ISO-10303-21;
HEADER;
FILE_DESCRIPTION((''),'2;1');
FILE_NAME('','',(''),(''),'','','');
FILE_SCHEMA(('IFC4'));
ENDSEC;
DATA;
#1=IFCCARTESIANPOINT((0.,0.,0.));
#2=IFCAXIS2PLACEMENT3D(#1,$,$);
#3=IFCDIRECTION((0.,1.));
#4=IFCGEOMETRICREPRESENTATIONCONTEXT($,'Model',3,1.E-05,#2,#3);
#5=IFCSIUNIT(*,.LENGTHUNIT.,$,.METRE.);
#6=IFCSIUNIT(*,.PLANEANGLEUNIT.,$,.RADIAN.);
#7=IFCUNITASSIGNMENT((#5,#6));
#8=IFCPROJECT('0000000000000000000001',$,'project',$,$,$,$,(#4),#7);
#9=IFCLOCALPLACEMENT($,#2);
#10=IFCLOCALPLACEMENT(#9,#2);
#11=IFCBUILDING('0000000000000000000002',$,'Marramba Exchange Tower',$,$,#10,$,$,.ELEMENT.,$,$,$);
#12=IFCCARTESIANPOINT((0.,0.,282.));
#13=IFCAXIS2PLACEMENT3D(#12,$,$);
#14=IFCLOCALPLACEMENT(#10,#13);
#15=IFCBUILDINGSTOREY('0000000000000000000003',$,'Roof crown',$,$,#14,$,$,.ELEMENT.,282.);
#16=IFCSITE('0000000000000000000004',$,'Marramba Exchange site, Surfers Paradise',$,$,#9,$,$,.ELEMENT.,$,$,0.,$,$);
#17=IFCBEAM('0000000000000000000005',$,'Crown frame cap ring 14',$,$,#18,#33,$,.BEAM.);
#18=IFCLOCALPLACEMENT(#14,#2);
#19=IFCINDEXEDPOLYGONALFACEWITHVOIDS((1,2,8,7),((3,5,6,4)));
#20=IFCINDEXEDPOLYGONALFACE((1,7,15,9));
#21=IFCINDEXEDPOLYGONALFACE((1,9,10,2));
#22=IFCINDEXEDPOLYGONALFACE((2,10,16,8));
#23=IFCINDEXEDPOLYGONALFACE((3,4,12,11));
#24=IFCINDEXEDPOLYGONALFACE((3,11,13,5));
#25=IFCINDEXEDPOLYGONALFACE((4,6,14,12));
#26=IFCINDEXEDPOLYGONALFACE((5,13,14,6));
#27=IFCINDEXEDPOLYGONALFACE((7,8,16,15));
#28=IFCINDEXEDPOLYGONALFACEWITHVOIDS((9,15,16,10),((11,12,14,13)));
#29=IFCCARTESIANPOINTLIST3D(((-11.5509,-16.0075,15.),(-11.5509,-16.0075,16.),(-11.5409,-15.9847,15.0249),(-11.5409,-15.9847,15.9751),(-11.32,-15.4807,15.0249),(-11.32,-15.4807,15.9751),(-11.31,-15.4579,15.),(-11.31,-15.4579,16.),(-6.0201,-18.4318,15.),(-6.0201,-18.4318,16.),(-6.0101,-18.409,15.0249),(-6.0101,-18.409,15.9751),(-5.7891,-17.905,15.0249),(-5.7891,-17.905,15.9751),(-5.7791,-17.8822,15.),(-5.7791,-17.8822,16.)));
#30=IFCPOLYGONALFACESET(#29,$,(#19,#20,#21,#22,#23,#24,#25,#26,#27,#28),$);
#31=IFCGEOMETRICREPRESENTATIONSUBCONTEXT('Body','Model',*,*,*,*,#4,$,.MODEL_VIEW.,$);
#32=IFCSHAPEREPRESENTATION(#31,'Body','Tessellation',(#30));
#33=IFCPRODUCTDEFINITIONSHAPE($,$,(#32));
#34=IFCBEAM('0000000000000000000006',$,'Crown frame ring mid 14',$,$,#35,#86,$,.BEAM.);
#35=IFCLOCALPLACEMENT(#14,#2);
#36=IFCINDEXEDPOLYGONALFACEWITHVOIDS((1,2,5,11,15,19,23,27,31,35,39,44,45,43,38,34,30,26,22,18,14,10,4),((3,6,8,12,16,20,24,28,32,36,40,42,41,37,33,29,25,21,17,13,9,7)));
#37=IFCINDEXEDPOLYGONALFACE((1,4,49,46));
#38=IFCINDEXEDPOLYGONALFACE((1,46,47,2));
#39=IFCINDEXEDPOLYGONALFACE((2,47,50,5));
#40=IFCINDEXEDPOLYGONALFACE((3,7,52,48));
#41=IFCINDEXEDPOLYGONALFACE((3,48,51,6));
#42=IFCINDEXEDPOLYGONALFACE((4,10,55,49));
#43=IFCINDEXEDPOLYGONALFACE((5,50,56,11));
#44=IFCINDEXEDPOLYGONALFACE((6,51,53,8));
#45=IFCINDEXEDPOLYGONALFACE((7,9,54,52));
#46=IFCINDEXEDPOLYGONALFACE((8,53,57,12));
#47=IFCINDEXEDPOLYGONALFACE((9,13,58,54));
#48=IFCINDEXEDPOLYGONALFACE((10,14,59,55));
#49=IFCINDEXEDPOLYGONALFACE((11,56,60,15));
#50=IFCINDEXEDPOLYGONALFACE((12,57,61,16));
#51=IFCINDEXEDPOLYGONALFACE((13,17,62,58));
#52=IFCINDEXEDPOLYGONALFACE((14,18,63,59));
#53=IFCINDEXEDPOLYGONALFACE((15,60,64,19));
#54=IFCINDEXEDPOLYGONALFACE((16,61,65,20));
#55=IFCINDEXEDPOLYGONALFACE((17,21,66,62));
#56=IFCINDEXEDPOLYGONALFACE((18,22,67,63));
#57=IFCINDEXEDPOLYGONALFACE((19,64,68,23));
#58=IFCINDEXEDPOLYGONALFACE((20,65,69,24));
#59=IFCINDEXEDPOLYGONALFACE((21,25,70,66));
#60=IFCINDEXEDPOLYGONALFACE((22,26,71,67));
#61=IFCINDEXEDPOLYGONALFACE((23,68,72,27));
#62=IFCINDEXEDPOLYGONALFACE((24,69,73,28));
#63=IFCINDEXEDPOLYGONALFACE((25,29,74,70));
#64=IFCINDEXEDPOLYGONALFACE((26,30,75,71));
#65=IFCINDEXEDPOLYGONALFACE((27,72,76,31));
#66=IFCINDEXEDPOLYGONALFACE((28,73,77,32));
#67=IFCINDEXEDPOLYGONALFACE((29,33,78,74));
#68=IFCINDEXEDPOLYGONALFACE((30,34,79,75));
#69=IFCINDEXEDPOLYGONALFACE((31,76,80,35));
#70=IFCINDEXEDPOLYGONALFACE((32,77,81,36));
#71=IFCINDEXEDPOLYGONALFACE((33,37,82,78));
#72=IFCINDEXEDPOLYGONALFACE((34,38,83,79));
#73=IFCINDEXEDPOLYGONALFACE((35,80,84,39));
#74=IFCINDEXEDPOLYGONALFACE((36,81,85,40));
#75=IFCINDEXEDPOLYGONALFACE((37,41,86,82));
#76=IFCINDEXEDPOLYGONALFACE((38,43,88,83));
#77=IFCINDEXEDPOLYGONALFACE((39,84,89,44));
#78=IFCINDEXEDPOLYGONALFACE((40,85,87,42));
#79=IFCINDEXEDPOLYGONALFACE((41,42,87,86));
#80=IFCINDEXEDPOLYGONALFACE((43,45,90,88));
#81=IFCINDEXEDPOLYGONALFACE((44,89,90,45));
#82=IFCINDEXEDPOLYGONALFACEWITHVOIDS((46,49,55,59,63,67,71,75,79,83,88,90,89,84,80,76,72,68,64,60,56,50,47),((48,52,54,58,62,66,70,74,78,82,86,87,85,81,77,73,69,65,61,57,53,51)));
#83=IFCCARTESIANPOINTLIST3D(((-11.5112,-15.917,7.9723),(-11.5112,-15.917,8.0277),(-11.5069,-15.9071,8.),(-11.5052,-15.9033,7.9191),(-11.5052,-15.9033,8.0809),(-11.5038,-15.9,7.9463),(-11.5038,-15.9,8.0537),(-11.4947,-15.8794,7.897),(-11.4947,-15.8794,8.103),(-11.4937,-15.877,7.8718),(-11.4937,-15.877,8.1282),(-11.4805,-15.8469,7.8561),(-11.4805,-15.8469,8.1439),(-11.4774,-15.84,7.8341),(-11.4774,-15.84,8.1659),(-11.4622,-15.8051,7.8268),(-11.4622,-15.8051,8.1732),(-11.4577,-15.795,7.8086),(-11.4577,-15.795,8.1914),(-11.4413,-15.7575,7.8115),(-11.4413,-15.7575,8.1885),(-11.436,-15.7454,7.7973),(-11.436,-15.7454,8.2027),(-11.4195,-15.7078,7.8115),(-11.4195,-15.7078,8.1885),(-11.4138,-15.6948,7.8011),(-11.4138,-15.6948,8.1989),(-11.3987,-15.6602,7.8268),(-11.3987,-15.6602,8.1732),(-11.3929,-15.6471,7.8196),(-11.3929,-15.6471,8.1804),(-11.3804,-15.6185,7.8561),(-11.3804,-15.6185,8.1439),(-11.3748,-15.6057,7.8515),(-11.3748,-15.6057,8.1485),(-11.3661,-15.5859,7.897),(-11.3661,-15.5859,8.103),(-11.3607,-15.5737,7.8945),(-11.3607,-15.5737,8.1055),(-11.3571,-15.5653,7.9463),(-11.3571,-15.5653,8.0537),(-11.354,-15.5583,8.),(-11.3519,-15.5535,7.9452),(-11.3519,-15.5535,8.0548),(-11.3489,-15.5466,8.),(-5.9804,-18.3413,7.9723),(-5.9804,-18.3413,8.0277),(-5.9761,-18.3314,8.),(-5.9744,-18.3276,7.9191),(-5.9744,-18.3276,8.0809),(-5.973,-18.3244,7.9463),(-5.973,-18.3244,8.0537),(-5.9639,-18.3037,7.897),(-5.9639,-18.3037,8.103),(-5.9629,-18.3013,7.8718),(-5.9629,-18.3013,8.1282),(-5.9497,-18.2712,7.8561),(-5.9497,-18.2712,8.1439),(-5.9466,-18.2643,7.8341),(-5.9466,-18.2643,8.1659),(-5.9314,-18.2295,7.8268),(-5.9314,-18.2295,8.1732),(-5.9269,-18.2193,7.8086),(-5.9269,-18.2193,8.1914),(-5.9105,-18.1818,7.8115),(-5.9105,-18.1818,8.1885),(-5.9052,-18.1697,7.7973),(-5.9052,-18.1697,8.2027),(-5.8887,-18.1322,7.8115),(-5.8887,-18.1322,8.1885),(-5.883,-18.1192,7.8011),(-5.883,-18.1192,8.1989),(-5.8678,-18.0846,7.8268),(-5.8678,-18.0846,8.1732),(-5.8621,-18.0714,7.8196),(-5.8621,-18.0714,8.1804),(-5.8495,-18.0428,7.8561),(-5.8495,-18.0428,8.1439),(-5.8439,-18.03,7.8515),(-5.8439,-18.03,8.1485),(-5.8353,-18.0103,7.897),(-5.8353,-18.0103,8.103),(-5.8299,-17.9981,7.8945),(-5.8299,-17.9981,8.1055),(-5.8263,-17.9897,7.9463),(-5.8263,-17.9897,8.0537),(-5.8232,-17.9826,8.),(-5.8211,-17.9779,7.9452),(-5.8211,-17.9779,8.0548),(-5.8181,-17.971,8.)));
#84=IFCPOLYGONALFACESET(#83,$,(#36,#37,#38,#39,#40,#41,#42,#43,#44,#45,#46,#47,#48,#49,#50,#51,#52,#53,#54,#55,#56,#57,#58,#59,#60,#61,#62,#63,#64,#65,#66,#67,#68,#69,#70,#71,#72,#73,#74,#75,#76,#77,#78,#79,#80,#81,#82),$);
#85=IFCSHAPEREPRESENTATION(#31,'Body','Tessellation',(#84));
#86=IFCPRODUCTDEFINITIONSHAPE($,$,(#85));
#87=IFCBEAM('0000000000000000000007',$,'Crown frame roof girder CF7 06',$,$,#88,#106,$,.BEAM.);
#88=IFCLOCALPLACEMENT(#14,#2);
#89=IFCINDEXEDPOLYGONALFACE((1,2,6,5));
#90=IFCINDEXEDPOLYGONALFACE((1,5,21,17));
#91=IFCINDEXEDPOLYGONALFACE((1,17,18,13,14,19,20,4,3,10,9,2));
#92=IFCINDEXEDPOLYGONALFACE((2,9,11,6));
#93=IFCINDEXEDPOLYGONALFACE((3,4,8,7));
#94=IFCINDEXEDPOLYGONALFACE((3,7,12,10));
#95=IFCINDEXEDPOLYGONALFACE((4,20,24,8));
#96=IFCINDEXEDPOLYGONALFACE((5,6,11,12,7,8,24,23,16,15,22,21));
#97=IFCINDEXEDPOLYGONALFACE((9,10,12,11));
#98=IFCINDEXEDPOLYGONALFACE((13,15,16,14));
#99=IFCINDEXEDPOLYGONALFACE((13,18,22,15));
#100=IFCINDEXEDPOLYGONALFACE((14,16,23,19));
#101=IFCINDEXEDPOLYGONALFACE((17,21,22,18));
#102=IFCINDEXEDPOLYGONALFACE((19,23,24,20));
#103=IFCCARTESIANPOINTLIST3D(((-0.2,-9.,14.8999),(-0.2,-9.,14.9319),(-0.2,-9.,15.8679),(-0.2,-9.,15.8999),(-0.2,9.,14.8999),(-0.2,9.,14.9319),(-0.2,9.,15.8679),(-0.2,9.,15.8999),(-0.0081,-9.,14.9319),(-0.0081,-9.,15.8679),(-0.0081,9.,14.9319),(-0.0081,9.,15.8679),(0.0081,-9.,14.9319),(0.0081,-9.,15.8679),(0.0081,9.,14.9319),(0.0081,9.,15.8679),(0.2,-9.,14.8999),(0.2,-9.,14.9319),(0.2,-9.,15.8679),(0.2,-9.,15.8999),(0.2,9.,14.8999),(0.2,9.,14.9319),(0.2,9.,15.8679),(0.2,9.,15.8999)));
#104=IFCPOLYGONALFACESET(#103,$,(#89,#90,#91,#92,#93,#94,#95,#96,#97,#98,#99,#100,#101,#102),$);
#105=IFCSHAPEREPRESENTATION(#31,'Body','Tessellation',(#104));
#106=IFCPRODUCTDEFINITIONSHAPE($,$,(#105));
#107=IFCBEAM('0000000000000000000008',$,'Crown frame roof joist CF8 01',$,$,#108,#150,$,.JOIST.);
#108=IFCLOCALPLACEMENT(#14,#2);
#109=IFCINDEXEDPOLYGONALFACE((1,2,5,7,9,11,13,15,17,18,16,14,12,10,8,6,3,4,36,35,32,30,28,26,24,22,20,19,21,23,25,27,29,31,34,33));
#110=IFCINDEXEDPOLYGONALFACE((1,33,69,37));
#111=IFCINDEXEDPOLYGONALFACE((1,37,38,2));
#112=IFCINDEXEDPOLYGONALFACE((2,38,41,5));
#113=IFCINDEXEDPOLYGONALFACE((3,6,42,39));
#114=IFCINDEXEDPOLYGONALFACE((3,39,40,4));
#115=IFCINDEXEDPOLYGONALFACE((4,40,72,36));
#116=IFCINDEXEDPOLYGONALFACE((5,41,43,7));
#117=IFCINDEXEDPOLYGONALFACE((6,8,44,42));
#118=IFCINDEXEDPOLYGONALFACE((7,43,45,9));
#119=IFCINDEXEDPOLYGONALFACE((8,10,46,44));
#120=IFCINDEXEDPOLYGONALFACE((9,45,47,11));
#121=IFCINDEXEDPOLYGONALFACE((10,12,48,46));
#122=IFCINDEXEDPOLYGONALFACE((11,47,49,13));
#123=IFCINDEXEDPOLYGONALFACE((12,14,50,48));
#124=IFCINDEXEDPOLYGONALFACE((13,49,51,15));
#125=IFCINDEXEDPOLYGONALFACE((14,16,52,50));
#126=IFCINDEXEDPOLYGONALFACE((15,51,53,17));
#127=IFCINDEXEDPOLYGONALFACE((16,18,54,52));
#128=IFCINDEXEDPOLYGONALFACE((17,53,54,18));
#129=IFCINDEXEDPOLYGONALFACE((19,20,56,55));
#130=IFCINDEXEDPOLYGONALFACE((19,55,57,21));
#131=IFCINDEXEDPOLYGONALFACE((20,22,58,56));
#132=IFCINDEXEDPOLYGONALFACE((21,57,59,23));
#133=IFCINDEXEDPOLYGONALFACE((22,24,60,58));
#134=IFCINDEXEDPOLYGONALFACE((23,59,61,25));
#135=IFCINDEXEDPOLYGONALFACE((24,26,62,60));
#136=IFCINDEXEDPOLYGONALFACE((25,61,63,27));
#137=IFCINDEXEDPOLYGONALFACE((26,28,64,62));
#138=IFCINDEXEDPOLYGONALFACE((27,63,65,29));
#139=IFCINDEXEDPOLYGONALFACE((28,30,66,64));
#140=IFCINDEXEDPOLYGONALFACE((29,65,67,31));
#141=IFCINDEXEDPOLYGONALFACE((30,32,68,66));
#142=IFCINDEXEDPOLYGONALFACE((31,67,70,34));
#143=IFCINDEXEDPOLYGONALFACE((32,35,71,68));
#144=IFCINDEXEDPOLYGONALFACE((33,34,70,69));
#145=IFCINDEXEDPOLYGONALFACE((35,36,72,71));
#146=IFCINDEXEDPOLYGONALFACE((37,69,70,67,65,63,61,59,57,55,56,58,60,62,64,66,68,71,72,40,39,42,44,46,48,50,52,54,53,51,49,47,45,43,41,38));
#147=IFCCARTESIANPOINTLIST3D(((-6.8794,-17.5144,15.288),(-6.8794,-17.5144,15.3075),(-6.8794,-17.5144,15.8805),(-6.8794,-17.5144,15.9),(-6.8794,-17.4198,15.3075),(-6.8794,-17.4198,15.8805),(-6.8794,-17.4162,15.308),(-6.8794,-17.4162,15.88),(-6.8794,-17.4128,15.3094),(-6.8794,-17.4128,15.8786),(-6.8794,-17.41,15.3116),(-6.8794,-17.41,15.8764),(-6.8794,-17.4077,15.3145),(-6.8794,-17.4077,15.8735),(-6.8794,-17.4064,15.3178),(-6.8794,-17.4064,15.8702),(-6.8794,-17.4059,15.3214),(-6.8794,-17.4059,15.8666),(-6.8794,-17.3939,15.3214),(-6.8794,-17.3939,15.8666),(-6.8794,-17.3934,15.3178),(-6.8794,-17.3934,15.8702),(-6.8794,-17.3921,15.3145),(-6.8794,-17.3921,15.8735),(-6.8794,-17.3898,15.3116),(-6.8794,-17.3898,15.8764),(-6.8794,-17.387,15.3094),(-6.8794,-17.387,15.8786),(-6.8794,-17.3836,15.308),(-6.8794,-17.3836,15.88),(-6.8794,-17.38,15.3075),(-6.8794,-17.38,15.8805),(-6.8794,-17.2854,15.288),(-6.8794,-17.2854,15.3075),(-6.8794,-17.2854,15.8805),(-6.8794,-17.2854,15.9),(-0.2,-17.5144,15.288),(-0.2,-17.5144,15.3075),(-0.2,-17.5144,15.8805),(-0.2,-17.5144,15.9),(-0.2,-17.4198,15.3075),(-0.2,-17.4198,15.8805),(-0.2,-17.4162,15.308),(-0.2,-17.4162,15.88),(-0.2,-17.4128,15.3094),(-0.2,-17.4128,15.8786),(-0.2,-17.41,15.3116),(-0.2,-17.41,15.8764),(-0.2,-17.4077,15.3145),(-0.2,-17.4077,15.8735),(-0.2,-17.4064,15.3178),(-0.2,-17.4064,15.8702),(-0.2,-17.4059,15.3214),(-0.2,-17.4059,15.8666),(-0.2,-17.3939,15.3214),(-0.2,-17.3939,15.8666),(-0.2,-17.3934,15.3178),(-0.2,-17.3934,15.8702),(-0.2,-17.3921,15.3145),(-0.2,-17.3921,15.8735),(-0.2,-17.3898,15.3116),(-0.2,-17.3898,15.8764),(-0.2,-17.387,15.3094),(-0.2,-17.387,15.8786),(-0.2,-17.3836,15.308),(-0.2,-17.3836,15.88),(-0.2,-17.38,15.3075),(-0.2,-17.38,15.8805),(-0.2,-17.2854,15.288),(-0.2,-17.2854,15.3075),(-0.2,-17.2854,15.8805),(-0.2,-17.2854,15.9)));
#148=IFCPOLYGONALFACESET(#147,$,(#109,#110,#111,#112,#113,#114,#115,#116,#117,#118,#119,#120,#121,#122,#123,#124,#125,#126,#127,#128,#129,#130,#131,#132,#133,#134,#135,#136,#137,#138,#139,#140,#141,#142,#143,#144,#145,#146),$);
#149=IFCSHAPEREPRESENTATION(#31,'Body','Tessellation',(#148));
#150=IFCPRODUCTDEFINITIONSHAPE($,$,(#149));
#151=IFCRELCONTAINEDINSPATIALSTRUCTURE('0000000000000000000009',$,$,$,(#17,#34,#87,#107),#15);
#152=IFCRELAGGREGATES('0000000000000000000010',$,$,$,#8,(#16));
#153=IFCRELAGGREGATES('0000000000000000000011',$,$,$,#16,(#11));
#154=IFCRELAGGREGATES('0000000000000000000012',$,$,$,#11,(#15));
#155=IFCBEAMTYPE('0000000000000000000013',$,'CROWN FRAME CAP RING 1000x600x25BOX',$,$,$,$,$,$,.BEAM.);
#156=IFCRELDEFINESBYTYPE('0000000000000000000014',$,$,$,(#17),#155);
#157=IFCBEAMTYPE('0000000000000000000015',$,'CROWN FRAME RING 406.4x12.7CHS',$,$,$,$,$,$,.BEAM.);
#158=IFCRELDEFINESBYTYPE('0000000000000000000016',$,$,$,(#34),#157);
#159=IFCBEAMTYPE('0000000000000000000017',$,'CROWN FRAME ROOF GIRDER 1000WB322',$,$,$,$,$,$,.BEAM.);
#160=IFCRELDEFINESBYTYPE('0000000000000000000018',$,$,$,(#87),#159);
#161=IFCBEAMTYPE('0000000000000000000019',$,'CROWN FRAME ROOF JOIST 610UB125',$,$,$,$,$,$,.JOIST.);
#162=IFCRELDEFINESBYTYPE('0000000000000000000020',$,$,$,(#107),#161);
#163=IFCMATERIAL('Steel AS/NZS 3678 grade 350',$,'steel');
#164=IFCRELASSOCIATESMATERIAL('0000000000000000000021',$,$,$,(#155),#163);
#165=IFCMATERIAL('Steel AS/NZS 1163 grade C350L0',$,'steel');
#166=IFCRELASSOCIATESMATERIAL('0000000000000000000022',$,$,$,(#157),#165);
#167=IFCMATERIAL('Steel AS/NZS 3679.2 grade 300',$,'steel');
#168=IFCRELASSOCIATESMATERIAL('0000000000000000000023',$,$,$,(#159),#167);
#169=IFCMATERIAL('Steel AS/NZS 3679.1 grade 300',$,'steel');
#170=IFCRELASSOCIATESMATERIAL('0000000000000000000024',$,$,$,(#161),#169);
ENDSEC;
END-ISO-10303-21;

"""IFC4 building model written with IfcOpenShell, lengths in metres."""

from ifc_helpers import new_model, si_unit, direction, frame, origin, origin_2d, place, context, subcontext, project, spatial, hollow_rectangle, hollow_circle, i_section, extrude, material, material_profile, profile_set, type_object, element, save


model = new_model("IFC4")

# Units and contexts
model_context = context("Model", 3, precision=1e-05, world=origin(), true_north=direction((0.0, 1.0)))
body_context = subcontext(model_context, "Body", "Model", "MODEL_VIEW")
ifc_project = project(units=[si_unit("LENGTHUNIT", "METRE"), si_unit("PLANEANGLEUNIT", "RADIAN")], contexts=[model_context])

# Site, building, storey
site_placement = place(None, origin())
site = spatial("IfcSite", under=ifc_project, at=site_placement, Name="Marramba Exchange site, Surfers Paradise", CompositionType="ELEMENT", RefElevation=0.0)
building_placement = place(site_placement, origin())
building = spatial("IfcBuilding", under=site, at=building_placement, Name="Marramba Exchange Tower", CompositionType="ELEMENT")
storey_placement = place(building_placement, frame((0.0, 0.0, 282.0)))
storey = spatial("IfcBuildingStorey", under=building, at=storey_placement, Name="Roof crown", CompositionType="ELEMENT", Elevation=282.0)

# Beams
ifc_material_1 = material(Name="Steel AS/NZS 3678 grade 350", Category="steel")
ifc_material_profile_1 = material_profile(ifc_material_1, hollow_rectangle(XDim=0.6001, YDim=1.0, WallThickness=0.0249, at=origin_2d()), Name="1000x600x25BOX")
ifc_profile_set_1 = profile_set([ifc_material_profile_1], Name="Steel AS/NZS 3678 grade 350")
beam_type_1 = type_object("IfcBeamType", Name="CROWN FRAME CAP RING 1000x600x25BOX", PredefinedType="BEAM", material=ifc_profile_set_1)
beam_1_placement = place(storey_placement, frame((-11.4304, -15.7327, 15.5), z_axis=(0.915877, -0.401459, 0.0), x_axis=(0.401459, 0.915877, 0.0)))
element("IfcBeam", 1, at=beam_1_placement, inside=storey, type_object=beam_type_1, Name="Crown frame cap ring 14", PredefinedType="BEAM", context=body_context, shape_type="SweptSolid", body=[
    extrude(hollow_rectangle(XDim=0.6001, YDim=1.0, WallThickness=0.0249, at=origin_2d()), origin(), (0.0, 0.0, 1.0), 6.0388),
])
ifc_material_2 = material(Name="Steel AS/NZS 1163 grade C350L0", Category="steel")
ifc_material_profile_2 = material_profile(ifc_material_2, hollow_circle(Radius=0.2031, WallThickness=0.0127, at=origin_2d()), Name="406.4x12.7CHS")
ifc_profile_set_2 = profile_set([ifc_material_profile_2], Name="Steel AS/NZS 1163 grade C350L0")
beam_type_2 = type_object("IfcBeamType", Name="CROWN FRAME RING 406.4x12.7CHS", PredefinedType="BEAM", material=ifc_profile_set_2)
beam_2_placement = place(storey_placement, frame((-11.4304, -15.7327, 8.0), z_axis=(0.915877, -0.401459, 0.0), x_axis=(0.401459, 0.915877, 0.0)))
element("IfcBeam", 2, at=beam_2_placement, inside=storey, type_object=beam_type_2, Name="Crown frame ring mid 14", PredefinedType="BEAM", context=body_context, shape_type="SweptSolid", body=[
    extrude(hollow_circle(Radius=0.2031, WallThickness=0.0127, at=origin_2d()), origin(), (0.0, 0.0, 1.0), 6.0388),
])
ifc_material_3 = material(Name="Steel AS/NZS 3679.2 grade 300", Category="steel")
ifc_material_profile_3 = material_profile(ifc_material_3, i_section(OverallWidth=0.3999, OverallDepth=1.0, WebThickness=0.0161, FlangeThickness=0.032, at=origin_2d()), Name="1000WB322")
ifc_profile_set_3 = profile_set([ifc_material_profile_3], Name="Steel AS/NZS 3679.2 grade 300")
beam_type_3 = type_object("IfcBeamType", Name="CROWN FRAME ROOF GIRDER 1000WB322", PredefinedType="BEAM", material=ifc_profile_set_3)
beam_3_placement = place(storey_placement, frame((0.0, -9.0, 15.3999), z_axis=(0.0, 1.0, 0.0), x_axis=(-1.0, 0.0, 0.0)))
element("IfcBeam", 3, at=beam_3_placement, inside=storey, type_object=beam_type_3, Name="Crown frame roof girder CF7 06", PredefinedType="BEAM", context=body_context, shape_type="SweptSolid", body=[
    extrude(i_section(OverallWidth=0.3999, OverallDepth=1.0, WebThickness=0.0161, FlangeThickness=0.032, at=origin_2d()), origin(), (0.0, 0.0, 1.0), 18.0),
])
ifc_material_4 = material(Name="Steel AS/NZS 3679.1 grade 300", Category="steel")
ifc_material_profile_4 = material_profile(ifc_material_4, i_section(OverallWidth=0.229, OverallDepth=0.6121, WebThickness=0.012, FlangeThickness=0.0195, FilletRadius=0.0139, at=origin_2d()), Name="610UB125")
ifc_profile_set_4 = profile_set([ifc_material_profile_4], Name="Steel AS/NZS 3679.1 grade 300")
beam_type_4 = type_object("IfcBeamType", Name="CROWN FRAME ROOF JOIST 610UB125", PredefinedType="JOIST", material=ifc_profile_set_4)
beam_4_placement = place(storey_placement, frame((-6.8794, -17.3999, 15.594), z_axis=(1.0, 0.0, 0.0), x_axis=(0.0, 1.0, 0.0)))
element("IfcBeam", 4, at=beam_4_placement, inside=storey, type_object=beam_type_4, Name="Crown frame roof joist CF8 01", PredefinedType="JOIST", context=body_context, shape_type="SweptSolid", body=[
    extrude(i_section(OverallWidth=0.229, OverallDepth=0.6121, WebThickness=0.012, FlangeThickness=0.0195, FilletRadius=0.0139, at=origin_2d()), origin(), (0.0, 0.0, 1.0), 6.6794),
])

save(model, "model.ifc")
